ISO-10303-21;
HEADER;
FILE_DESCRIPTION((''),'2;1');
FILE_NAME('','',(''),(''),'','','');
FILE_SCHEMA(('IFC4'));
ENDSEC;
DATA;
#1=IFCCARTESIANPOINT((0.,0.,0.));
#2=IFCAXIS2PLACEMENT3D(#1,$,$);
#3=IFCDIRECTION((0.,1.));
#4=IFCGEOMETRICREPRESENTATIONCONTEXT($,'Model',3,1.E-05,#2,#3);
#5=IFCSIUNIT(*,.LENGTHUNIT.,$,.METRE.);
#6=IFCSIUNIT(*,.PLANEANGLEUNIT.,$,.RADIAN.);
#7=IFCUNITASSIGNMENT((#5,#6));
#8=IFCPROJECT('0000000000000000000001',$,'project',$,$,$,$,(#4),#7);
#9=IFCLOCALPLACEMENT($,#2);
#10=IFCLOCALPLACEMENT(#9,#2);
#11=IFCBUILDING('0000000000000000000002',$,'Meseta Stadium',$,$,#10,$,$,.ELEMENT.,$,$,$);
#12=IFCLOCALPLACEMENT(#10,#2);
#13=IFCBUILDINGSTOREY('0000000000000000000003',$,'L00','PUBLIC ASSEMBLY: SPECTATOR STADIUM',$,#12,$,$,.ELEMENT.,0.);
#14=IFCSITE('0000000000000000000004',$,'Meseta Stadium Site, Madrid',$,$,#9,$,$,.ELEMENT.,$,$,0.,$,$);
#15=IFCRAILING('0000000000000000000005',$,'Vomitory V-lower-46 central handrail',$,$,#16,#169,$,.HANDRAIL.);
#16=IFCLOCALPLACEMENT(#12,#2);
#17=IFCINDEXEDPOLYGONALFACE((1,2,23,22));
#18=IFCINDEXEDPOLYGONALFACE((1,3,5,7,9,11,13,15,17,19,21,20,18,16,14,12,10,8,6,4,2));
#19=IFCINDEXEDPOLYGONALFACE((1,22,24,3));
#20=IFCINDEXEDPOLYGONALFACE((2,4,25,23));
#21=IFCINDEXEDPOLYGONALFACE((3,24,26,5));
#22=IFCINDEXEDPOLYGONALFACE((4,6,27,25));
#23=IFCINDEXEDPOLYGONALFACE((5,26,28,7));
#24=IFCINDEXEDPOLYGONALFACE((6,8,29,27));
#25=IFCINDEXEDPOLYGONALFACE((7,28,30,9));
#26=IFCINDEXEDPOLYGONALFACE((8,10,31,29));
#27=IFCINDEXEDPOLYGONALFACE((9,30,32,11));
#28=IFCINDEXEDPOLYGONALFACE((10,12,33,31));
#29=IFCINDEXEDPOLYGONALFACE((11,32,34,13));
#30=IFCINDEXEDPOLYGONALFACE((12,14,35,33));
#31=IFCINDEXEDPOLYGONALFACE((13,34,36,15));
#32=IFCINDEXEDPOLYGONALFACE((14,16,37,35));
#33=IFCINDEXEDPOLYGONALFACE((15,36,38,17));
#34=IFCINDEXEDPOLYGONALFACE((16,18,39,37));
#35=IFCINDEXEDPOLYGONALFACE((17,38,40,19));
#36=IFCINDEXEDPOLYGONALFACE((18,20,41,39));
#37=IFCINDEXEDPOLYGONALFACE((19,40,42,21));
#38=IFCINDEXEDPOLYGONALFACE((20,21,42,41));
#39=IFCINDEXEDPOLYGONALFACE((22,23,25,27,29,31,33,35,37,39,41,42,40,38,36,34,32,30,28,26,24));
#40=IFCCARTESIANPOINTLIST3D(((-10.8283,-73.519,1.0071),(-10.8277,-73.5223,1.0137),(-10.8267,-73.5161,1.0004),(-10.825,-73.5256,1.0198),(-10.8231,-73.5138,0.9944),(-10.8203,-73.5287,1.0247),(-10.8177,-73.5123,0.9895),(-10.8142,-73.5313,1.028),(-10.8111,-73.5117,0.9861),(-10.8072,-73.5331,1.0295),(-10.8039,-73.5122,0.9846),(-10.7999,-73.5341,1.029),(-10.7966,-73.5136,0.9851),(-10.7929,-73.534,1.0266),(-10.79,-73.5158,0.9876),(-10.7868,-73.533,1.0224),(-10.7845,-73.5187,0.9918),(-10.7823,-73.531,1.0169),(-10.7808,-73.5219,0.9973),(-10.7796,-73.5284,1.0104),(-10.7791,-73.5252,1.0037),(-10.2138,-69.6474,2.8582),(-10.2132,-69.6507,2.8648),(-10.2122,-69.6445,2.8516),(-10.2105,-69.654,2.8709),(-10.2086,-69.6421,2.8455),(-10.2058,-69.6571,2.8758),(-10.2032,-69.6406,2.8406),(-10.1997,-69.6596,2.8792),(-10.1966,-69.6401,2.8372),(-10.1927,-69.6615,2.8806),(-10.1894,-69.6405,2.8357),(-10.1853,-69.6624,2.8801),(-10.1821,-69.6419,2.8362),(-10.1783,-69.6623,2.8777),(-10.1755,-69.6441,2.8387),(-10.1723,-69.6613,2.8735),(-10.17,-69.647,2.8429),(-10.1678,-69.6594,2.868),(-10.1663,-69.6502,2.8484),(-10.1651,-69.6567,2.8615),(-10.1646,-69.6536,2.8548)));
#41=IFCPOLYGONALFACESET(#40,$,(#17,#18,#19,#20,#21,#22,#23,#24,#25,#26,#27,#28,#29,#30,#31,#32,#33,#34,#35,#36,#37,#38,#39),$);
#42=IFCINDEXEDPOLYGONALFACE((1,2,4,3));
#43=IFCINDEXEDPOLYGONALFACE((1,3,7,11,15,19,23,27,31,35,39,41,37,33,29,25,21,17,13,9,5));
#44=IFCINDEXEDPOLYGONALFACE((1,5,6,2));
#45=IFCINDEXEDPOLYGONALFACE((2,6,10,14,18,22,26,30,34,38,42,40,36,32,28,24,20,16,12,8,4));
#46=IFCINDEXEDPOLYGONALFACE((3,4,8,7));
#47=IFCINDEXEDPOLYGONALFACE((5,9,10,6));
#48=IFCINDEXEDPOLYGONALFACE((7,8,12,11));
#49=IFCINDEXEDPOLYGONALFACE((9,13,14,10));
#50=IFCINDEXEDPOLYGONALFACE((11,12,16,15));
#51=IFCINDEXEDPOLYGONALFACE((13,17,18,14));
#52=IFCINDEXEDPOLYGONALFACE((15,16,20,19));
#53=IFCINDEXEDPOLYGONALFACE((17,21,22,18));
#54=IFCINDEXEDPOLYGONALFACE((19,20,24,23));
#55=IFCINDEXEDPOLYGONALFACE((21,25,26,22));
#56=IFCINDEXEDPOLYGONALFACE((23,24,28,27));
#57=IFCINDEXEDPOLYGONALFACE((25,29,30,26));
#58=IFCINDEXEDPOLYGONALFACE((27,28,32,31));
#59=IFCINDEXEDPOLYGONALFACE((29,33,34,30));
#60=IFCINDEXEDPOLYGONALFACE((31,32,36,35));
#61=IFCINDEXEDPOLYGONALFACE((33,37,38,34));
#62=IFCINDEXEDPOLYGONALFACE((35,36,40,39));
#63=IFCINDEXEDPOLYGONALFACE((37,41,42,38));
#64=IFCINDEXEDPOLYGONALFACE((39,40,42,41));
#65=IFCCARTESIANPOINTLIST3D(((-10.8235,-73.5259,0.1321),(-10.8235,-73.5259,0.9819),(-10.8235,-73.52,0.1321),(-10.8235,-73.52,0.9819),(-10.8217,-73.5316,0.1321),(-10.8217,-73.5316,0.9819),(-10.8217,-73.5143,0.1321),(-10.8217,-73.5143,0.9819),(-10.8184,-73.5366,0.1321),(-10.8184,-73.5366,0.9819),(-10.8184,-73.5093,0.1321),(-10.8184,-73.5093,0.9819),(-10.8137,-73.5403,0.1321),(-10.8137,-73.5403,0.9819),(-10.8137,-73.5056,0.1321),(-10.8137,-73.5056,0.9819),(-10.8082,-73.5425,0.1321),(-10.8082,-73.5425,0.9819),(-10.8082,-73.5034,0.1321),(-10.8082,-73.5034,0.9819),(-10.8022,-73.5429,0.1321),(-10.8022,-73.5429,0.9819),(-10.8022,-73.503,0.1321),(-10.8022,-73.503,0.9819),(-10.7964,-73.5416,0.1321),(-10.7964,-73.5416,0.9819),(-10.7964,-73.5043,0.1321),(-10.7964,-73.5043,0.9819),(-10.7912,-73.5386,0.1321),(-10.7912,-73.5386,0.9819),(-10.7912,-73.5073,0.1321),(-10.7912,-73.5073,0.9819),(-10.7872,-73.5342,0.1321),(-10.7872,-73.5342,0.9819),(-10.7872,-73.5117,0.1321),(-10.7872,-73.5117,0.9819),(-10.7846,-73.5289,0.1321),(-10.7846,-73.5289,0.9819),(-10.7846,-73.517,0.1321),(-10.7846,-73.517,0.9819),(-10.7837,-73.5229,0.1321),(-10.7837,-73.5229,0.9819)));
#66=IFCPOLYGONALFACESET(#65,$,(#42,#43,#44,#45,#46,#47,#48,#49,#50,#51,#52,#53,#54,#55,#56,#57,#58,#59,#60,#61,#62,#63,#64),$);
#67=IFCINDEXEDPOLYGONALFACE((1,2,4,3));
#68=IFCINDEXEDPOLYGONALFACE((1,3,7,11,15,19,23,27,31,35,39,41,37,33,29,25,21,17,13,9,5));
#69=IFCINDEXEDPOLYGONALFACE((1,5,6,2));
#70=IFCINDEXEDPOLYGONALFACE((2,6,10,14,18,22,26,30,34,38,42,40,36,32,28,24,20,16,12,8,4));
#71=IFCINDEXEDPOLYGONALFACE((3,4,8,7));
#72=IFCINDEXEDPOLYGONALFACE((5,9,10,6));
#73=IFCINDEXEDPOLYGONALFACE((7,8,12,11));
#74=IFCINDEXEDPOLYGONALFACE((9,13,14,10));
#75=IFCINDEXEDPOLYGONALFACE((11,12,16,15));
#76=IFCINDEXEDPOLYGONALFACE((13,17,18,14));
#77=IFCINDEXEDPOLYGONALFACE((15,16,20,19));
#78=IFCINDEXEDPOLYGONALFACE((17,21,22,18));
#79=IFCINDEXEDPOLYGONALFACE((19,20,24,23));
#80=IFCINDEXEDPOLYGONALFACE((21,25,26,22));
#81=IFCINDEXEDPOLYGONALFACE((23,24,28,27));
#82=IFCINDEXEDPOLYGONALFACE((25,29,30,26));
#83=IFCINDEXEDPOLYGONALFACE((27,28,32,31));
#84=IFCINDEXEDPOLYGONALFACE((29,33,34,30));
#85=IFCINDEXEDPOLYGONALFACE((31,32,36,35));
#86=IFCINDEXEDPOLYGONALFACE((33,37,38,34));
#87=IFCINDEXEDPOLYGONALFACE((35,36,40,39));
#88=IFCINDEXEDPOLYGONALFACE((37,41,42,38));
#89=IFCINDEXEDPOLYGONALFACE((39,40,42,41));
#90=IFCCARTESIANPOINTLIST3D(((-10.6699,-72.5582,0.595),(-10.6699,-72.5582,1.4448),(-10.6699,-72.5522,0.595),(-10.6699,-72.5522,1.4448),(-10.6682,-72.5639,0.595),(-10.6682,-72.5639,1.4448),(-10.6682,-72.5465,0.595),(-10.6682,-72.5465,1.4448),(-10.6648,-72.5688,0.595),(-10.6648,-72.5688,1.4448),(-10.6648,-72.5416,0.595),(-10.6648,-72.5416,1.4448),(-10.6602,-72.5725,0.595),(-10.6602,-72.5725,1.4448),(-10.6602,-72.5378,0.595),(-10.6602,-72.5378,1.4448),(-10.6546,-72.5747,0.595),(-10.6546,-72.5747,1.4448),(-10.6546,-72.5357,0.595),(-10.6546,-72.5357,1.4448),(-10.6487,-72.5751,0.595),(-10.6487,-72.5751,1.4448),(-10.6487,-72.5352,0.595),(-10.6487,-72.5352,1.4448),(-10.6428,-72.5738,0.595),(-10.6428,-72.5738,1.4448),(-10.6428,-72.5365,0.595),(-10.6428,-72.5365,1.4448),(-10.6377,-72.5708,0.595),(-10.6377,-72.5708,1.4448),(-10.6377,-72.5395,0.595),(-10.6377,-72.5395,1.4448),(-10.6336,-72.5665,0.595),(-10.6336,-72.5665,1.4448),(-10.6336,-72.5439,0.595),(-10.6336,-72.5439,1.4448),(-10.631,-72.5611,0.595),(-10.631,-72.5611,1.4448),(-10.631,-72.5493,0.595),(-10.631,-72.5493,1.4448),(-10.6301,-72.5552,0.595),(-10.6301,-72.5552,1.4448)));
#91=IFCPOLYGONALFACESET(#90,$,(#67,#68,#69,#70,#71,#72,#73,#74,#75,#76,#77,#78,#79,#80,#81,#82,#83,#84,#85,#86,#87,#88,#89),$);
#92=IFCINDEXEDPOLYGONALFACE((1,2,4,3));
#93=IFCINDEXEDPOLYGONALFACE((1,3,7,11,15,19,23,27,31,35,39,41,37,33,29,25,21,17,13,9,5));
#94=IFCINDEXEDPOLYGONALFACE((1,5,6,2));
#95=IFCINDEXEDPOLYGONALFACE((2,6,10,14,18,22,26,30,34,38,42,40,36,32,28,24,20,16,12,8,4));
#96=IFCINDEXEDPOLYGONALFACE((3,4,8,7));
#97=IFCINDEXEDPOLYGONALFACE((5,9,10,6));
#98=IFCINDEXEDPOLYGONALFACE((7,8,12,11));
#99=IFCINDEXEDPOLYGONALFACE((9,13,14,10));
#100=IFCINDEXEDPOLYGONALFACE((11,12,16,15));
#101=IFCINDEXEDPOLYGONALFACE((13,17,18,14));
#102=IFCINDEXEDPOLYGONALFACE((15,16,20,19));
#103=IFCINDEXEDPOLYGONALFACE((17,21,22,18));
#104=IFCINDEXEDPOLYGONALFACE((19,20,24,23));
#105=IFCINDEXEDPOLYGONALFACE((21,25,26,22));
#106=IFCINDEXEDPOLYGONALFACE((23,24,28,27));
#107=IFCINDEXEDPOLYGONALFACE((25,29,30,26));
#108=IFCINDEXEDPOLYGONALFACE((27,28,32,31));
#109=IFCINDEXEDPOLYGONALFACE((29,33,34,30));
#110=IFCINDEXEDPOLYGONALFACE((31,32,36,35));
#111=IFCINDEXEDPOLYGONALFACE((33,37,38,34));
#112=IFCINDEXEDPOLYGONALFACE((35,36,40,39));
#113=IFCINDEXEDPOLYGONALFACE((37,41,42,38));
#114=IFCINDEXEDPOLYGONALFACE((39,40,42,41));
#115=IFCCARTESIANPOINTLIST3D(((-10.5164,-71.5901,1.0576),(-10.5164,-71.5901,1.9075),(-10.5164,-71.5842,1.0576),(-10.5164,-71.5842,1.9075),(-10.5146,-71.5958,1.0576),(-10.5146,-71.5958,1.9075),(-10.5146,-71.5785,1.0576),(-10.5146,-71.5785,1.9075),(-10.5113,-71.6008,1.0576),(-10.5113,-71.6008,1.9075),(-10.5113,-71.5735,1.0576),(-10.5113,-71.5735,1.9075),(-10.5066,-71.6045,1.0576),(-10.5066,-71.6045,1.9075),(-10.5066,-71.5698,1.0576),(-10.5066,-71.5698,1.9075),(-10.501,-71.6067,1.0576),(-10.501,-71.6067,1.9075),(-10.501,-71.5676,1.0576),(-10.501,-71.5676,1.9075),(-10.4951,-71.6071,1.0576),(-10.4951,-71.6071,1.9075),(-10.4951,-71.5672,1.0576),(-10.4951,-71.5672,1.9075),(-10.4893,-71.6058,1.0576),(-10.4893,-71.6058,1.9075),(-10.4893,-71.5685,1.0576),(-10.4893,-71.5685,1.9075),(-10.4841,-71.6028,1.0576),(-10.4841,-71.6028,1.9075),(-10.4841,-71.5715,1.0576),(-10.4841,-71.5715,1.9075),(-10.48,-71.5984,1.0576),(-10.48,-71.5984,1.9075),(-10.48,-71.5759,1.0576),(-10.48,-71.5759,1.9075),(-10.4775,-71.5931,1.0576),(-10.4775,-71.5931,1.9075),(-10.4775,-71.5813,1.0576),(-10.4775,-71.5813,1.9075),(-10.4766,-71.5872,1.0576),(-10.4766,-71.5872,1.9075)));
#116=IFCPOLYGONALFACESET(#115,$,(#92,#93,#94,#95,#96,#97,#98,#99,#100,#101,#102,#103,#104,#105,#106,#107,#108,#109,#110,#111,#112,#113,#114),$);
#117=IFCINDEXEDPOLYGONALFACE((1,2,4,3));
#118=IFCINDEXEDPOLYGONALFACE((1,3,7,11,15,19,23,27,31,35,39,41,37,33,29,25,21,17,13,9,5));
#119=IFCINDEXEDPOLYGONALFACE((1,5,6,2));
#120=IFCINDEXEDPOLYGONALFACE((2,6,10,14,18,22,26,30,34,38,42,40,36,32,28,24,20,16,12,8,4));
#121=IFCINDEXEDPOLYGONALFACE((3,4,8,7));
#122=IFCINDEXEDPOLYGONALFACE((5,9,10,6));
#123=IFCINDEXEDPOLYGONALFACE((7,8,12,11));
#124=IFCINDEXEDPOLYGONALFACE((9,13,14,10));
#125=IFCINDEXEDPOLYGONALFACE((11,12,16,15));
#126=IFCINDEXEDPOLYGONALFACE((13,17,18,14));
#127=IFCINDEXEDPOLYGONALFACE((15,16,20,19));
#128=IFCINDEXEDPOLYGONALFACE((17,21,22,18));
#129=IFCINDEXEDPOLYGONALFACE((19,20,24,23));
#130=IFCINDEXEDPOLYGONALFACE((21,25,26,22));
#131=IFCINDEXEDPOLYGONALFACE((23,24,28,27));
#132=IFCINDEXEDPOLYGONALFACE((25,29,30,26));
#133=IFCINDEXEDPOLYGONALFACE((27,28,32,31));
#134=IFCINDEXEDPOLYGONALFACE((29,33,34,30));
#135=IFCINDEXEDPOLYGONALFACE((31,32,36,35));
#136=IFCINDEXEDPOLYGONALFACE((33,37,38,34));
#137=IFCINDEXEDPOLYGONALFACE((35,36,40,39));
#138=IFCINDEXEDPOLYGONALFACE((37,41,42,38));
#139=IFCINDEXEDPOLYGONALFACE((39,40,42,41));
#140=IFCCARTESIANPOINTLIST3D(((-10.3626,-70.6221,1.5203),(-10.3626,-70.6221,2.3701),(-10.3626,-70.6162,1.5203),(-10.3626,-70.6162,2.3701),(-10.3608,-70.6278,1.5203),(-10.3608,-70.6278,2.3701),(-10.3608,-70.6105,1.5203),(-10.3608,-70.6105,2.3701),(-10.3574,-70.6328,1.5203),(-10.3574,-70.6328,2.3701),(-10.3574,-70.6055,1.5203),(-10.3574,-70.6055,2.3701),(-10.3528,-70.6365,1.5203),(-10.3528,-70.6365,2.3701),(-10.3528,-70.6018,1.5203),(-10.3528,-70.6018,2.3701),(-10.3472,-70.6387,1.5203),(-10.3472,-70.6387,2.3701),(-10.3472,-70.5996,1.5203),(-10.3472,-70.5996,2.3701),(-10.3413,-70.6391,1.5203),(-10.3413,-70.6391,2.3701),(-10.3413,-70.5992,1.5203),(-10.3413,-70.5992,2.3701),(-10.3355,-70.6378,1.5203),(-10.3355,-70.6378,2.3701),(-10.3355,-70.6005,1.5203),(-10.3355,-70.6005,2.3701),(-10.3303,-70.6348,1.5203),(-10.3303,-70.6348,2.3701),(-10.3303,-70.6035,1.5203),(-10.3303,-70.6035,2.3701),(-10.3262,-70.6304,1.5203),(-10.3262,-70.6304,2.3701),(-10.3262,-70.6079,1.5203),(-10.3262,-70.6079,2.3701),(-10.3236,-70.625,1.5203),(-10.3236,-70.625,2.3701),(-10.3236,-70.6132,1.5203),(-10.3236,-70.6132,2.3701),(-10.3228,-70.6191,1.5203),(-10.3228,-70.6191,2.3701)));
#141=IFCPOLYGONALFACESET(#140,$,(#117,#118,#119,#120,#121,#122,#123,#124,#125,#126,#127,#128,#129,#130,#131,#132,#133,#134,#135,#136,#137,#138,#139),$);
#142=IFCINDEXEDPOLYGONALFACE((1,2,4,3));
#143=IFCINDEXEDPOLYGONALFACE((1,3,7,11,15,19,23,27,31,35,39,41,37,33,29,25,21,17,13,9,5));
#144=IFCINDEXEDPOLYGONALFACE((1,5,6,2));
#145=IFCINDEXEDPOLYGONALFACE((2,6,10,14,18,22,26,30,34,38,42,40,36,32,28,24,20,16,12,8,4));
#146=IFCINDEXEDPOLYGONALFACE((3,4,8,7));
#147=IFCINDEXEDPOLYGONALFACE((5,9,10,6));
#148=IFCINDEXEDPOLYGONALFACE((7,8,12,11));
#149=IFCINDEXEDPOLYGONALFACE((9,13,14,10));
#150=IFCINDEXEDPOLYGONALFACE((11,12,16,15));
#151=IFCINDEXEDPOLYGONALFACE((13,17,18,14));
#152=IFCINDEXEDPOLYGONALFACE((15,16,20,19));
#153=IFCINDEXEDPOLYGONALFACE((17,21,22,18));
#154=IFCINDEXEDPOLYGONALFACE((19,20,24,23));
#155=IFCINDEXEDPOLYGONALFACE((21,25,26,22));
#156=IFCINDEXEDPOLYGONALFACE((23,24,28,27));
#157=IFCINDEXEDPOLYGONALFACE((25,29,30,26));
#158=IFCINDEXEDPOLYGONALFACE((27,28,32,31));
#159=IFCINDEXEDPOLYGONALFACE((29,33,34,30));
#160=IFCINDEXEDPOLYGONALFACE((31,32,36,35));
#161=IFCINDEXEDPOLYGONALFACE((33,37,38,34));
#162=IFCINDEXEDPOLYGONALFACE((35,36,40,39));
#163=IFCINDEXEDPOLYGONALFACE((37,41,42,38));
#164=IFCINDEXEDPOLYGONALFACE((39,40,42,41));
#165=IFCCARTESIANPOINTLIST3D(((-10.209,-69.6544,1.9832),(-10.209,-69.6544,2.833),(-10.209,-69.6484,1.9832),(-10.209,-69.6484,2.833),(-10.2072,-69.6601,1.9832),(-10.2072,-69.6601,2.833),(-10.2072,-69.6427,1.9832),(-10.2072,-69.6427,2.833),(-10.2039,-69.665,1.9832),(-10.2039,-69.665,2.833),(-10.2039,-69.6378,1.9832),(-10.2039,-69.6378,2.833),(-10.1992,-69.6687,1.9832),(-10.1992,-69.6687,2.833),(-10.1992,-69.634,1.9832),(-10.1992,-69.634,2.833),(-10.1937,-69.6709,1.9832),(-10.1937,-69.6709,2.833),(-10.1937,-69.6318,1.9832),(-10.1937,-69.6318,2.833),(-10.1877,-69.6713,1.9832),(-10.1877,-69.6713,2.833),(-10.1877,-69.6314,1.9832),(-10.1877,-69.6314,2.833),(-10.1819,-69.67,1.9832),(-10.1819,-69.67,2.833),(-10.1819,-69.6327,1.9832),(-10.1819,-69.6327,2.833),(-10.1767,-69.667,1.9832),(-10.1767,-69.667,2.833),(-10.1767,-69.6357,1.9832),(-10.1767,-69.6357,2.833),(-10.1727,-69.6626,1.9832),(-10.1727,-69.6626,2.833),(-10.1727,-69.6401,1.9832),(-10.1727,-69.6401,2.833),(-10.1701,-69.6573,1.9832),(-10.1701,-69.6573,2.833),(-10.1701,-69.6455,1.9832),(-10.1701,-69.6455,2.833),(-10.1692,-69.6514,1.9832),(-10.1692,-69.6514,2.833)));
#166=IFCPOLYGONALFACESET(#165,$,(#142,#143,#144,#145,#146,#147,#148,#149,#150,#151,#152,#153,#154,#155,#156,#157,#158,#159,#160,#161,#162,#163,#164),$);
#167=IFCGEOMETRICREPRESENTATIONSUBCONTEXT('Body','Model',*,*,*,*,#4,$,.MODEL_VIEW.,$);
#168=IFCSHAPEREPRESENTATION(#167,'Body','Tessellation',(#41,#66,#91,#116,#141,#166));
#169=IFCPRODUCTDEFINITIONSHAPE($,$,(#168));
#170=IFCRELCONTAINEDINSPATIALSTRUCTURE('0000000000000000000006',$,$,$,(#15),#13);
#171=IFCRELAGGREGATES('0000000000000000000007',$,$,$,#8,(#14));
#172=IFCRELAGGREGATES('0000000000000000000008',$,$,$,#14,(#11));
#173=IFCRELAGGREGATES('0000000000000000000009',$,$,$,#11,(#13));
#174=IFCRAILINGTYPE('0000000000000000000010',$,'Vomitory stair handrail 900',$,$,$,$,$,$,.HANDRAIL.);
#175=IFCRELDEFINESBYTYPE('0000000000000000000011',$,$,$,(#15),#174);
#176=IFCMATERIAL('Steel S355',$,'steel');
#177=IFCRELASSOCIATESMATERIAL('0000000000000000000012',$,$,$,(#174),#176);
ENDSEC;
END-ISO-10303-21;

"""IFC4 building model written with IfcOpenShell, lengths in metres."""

from ifc_helpers import new_model, si_unit, direction, frame, origin, origin_2d, place, context, subcontext, project, spatial, circle, extrude, material, type_object, element, save


model = new_model("IFC4")

# Units and contexts
model_context = context("Model", 3, precision=1e-05, world=origin(), true_north=direction((0.0, 1.0)))
body_context = subcontext(model_context, "Body", "Model", "MODEL_VIEW")
ifc_project = project(units=[si_unit("LENGTHUNIT", "METRE"), si_unit("PLANEANGLEUNIT", "RADIAN")], contexts=[model_context])

# Site, building, storey
site_placement = place(None, origin())
site = spatial("IfcSite", under=ifc_project, at=site_placement, Name="Meseta Stadium Site, Madrid", CompositionType="ELEMENT", RefElevation=0.0)
building_placement = place(site_placement, origin())
building = spatial("IfcBuilding", under=site, at=building_placement, Name="Meseta Stadium", CompositionType="ELEMENT")
storey_placement = place(building_placement, origin())
storey = spatial("IfcBuildingStorey", under=building, at=storey_placement, Name="L00", Description="PUBLIC ASSEMBLY: SPECTATOR STADIUM", CompositionType="ELEMENT", Elevation=0.0)

# Railing
ifc_material_1 = material(Name="Steel S355", Category="steel")
railing_type_1 = type_object("IfcRailingType", Name="Vomitory stair handrail 900", PredefinedType="HANDRAIL", material=ifc_material_1)
railing_1_placement = place(storey_placement, frame((-10.8037, -73.5229, 0.1321)))
element("IfcRailing", 1, at=railing_1_placement, inside=storey, type_object=railing_type_1, Name="Vomitory V-lower-46 central handrail", PredefinedType="HANDRAIL", context=body_context, shape_type="SweptSolid", body=[
    extrude(circle(Radius=0.0249, at=origin_2d()), frame((0.0, 0.0, 0.875), z_axis=(0.14175, 0.893074, 0.426995), x_axis=(-0.987637, 0.156759, 0.0)), (0.0, 0.0, 1.0), 4.3352),
    extrude(circle(Radius=0.02, at=origin_2d()), origin(), (0.0, 0.0, 1.0), 0.8499),
    extrude(circle(Radius=0.02, at=origin_2d()), frame((0.1536, 0.9678, 0.4629)), (0.0, 0.0, 1.0), 0.8499),
    extrude(circle(Radius=0.02, at=origin_2d()), frame((0.3071, 1.9358, 0.9255)), (0.0, 0.0, 1.0), 0.8499),
    extrude(circle(Radius=0.02, at=origin_2d()), frame((0.4609, 2.9038, 1.3882)), (0.0, 0.0, 1.0), 0.8499),
    extrude(circle(Radius=0.02, at=origin_2d()), frame((0.6145, 3.8716, 1.8511)), (0.0, 0.0, 1.0), 0.8499),
])

save(model, "model.ifc")
